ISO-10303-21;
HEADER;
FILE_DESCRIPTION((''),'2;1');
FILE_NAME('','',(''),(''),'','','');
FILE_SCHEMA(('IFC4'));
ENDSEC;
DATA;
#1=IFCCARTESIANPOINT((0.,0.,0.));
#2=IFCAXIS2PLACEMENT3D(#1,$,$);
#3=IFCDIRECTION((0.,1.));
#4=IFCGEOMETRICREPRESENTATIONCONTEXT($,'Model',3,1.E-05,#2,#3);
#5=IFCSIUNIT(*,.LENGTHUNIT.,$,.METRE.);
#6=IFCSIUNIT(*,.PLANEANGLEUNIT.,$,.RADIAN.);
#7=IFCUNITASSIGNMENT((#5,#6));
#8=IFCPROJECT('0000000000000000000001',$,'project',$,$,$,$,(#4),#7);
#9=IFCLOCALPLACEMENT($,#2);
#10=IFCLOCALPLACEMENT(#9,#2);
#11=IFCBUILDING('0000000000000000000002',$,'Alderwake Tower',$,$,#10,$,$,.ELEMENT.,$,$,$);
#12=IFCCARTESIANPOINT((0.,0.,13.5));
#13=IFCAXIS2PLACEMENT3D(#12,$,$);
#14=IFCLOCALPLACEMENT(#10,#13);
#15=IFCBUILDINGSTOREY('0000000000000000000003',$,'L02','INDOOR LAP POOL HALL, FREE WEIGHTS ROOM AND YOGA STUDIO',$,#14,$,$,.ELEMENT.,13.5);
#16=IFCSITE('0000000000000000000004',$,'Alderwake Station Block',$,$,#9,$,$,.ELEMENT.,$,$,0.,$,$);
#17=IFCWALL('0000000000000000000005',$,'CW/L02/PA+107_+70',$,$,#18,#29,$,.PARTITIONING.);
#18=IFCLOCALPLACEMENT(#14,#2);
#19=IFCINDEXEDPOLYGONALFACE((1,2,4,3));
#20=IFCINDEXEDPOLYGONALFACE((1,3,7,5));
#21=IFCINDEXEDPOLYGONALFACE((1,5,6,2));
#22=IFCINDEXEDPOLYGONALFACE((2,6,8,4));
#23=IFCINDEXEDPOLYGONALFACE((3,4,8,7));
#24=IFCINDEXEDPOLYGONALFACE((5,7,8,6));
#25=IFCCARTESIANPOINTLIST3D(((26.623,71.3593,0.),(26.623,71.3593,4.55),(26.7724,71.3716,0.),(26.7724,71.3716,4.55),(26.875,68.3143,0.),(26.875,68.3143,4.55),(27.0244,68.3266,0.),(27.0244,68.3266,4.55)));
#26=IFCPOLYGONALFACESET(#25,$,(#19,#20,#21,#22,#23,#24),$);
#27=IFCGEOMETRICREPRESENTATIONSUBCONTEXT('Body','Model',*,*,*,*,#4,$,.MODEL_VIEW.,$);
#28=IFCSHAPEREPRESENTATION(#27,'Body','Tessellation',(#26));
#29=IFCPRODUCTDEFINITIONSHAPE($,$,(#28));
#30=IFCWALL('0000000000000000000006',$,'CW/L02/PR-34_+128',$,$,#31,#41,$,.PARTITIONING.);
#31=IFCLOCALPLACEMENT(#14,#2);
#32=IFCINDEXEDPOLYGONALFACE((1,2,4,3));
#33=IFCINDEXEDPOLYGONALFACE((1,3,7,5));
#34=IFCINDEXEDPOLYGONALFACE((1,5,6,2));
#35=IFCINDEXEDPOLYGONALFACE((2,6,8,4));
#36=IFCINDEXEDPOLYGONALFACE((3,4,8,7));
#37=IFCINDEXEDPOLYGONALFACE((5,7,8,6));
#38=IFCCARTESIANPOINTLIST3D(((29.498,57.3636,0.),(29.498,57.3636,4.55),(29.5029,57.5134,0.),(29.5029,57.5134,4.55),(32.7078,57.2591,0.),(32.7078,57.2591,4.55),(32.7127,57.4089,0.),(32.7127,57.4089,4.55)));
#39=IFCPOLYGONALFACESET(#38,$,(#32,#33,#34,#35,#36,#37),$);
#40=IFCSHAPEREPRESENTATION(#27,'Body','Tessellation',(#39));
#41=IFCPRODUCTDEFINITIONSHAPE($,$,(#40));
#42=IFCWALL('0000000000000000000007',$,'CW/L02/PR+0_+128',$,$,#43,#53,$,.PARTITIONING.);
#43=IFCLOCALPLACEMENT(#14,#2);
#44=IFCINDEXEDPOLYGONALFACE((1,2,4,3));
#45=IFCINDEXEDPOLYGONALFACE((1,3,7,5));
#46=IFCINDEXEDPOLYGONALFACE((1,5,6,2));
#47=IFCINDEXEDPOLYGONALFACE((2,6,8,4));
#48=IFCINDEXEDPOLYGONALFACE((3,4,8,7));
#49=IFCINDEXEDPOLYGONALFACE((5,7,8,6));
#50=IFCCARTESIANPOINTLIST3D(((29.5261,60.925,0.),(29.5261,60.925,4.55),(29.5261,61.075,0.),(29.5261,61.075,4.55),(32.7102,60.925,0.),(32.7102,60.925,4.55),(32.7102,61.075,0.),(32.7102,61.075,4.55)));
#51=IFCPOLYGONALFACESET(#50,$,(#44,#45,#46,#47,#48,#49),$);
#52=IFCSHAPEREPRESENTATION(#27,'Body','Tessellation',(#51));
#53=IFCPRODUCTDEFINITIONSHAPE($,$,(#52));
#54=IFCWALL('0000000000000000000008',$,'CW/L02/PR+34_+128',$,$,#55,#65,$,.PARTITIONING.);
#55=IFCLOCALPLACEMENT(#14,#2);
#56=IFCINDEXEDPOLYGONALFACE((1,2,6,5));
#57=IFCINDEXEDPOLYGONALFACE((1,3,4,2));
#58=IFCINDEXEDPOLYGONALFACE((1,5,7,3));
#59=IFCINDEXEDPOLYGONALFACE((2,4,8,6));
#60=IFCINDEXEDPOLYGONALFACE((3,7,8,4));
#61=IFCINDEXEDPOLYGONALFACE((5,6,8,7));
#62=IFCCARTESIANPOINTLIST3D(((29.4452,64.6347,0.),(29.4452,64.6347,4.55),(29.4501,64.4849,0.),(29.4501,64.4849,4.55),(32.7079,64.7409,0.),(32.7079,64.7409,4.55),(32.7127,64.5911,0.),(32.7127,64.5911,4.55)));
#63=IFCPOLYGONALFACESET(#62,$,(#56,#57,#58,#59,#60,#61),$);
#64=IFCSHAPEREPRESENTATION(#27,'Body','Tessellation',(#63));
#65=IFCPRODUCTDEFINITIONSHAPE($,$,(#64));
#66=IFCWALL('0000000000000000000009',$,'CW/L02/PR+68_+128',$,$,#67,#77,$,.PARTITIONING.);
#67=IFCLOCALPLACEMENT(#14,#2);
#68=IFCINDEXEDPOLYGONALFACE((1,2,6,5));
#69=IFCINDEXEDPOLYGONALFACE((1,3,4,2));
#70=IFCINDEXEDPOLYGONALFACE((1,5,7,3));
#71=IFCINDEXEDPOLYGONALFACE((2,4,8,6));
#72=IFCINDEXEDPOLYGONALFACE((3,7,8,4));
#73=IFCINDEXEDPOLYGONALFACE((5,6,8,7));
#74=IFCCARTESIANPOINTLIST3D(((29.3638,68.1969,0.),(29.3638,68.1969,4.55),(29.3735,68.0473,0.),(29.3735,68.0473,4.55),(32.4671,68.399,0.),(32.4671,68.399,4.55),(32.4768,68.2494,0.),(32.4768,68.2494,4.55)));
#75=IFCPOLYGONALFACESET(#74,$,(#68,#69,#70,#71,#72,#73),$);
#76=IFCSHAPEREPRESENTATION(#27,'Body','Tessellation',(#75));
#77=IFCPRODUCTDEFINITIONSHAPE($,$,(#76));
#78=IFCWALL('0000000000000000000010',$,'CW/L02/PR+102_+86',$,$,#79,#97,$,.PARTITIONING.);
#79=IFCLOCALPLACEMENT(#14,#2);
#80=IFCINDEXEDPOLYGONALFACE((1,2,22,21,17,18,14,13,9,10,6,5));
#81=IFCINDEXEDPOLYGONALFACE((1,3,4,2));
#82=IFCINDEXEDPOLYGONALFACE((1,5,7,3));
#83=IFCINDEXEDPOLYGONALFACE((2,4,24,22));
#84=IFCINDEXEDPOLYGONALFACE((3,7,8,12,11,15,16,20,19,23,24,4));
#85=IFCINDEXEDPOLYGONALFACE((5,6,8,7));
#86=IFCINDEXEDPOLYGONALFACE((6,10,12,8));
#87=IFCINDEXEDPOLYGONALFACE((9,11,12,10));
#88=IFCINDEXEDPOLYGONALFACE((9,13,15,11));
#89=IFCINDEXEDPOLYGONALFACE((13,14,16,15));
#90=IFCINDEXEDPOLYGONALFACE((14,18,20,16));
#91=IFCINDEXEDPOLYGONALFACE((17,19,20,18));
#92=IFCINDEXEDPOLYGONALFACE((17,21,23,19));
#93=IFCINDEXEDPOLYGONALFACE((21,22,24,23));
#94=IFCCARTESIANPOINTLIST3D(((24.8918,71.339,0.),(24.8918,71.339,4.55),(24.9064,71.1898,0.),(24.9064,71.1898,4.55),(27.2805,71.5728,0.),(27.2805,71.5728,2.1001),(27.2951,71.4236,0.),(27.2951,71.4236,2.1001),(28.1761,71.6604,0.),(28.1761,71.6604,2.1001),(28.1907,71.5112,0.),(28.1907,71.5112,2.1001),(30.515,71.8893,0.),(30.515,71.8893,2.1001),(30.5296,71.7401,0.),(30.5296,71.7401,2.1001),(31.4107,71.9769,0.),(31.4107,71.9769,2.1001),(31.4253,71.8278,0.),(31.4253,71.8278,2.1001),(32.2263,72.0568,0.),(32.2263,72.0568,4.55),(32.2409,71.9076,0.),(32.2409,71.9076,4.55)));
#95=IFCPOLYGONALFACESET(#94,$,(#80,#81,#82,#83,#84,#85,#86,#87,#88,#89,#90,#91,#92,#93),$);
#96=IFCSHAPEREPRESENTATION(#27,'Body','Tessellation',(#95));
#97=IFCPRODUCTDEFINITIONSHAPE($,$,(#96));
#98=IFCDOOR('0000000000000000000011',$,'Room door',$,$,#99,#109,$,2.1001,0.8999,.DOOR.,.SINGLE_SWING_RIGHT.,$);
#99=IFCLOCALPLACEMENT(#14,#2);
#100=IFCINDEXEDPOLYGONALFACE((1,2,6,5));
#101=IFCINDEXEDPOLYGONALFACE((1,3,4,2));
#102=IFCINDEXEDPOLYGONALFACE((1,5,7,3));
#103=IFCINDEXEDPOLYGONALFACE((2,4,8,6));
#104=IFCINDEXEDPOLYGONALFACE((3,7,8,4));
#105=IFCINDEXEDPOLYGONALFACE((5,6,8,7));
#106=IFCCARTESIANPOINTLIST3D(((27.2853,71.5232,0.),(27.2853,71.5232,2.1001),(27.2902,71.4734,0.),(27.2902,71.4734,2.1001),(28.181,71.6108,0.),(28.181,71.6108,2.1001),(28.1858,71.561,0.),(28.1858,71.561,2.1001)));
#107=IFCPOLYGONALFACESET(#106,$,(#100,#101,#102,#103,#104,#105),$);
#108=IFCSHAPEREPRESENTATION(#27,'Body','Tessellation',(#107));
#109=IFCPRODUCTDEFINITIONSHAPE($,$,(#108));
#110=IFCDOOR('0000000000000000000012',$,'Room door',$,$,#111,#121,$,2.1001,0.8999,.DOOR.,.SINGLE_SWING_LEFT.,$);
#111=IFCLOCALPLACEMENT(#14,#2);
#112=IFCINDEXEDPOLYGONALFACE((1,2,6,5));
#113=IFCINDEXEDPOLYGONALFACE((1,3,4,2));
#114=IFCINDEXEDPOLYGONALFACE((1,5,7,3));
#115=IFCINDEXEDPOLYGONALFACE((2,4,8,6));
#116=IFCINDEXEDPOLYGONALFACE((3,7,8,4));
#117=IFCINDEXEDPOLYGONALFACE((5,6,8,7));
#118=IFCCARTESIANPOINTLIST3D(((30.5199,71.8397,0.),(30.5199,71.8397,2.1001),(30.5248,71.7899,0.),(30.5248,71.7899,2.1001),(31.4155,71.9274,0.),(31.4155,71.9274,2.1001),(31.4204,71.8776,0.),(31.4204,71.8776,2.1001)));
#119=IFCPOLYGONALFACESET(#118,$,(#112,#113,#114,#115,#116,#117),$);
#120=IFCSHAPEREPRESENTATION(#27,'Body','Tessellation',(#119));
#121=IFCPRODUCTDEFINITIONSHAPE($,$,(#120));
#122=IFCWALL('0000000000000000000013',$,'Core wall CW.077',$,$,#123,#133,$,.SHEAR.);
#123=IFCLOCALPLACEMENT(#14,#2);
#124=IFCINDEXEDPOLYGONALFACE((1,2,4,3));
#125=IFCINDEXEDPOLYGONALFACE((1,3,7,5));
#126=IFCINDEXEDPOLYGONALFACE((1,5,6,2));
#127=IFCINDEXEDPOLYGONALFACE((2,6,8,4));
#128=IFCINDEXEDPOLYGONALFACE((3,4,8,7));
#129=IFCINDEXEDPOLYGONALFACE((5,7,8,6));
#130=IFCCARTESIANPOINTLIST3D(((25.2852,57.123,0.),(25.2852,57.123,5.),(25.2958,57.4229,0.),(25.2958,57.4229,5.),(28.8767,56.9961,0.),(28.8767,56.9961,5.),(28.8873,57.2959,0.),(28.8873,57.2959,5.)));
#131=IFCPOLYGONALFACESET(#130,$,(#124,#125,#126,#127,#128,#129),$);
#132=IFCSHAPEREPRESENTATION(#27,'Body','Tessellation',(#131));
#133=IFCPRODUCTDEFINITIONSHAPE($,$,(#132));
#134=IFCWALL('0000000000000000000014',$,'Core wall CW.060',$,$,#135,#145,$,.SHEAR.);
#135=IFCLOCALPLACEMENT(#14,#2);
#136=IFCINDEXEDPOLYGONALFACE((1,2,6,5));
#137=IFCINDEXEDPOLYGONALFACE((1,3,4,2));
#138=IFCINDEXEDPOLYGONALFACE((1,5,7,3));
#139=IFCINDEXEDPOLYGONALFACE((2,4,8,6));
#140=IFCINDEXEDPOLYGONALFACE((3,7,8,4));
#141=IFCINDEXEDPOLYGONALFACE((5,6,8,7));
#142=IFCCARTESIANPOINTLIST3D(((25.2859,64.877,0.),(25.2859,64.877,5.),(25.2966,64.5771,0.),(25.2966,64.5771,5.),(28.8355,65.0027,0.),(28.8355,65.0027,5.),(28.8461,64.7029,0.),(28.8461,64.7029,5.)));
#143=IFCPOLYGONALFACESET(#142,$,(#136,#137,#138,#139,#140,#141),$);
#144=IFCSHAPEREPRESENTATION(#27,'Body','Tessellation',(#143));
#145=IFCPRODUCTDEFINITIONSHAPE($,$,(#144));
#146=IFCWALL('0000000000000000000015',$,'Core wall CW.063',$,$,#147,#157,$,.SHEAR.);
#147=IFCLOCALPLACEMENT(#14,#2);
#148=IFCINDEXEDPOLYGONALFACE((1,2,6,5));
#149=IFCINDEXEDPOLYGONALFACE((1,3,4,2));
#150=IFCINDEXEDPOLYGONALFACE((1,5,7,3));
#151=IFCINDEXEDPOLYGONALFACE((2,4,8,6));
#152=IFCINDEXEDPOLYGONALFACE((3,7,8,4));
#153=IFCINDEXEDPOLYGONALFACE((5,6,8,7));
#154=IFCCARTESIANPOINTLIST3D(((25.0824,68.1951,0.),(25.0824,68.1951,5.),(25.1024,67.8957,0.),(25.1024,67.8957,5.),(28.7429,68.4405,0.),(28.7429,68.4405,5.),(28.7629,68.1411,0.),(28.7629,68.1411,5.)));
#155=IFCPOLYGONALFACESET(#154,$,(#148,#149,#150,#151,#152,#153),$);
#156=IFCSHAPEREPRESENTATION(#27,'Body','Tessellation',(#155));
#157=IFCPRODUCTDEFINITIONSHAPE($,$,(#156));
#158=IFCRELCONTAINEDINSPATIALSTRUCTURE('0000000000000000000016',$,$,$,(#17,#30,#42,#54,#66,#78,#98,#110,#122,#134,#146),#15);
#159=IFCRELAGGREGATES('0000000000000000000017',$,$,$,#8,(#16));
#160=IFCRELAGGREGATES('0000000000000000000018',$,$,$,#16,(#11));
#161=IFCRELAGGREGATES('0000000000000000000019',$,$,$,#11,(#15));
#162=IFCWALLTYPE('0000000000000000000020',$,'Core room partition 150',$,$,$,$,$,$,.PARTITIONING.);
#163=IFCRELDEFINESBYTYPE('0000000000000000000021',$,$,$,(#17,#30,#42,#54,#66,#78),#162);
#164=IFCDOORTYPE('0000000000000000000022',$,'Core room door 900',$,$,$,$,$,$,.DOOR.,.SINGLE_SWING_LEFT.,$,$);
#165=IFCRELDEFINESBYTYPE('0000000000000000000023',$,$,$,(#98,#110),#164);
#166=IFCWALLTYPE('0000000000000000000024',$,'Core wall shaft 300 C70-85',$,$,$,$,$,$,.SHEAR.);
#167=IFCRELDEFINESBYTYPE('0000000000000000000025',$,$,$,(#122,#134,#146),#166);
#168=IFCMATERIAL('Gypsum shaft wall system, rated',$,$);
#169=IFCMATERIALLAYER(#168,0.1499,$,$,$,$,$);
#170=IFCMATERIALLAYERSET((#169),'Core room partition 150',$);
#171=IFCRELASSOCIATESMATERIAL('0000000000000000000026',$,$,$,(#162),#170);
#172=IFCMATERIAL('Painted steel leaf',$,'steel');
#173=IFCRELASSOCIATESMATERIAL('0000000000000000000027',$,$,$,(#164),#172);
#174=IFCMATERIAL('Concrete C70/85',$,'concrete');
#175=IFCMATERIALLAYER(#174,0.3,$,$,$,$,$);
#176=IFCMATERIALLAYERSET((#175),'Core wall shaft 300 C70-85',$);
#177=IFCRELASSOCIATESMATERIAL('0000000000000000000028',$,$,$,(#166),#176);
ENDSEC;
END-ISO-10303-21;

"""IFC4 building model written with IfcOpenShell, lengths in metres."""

from ifc_helpers import new_model, si_unit, direction, frame, frame_2d, origin, place, context, subcontext, project, spatial, rectangle, extrude, material, layer, layer_set, type_object, element, fill, save


model = new_model("IFC4")

# Units and contexts
model_context = context("Model", 3, precision=1e-05, world=origin(), true_north=direction((0.0, 1.0)))
body_context = subcontext(model_context, "Body", "Model", "MODEL_VIEW")
ifc_project = project(units=[si_unit("LENGTHUNIT", "METRE"), si_unit("PLANEANGLEUNIT", "RADIAN")], contexts=[model_context])

# Site, building, storey
site_placement = place(None, origin())
site = spatial("IfcSite", under=ifc_project, at=site_placement, Name="Alderwake Station Block", CompositionType="ELEMENT", RefElevation=0.0)
building_placement = place(site_placement, origin())
building = spatial("IfcBuilding", under=site, at=building_placement, Name="Alderwake Tower", CompositionType="ELEMENT")
storey_placement = place(building_placement, frame((0.0, 0.0, 13.5)))
storey = spatial("IfcBuildingStorey", under=building, at=storey_placement, Name="L02", Description="INDOOR LAP POOL HALL, FREE WEIGHTS ROOM AND YOGA STUDIO", CompositionType="ELEMENT", Elevation=13.5)

# Walls
ifc_material_1 = material(Name="Gypsum shaft wall system, rated")
ifc_layer_1 = layer(ifc_material_1, 0.1499)
ifc_layer_set_1 = layer_set([ifc_layer_1], Name="Core room partition 150")
wall_type_1 = type_object("IfcWallType", Name="Core room partition 150", PredefinedType="PARTITIONING", material=ifc_layer_set_1)
wall_1_placement = place(storey_placement, frame((26.9497, 68.3203, 0.0), z_axis=(0.0, 0.0, 1.0), x_axis=(-0.082464, 0.996594, 0.0)))
element("IfcWall", 1, at=wall_1_placement, inside=storey, type_object=wall_type_1, Name="CW/L02/PA+107_+70", PredefinedType="PARTITIONING", context=body_context, shape_type="SweptSolid", body=[
    extrude(rectangle(XDim=3.0554, YDim=0.1499, at=frame_2d((1.5278, 0.0))), origin(), (0.0, 0.0, 1.0), 4.55),
])
wall_2_placement = place(storey_placement, frame((29.5005, 57.4385, 0.0), z_axis=(0.0, 0.0, 1.0), x_axis=(0.999471, -0.032538, 0.0)))
element("IfcWall", 2, at=wall_2_placement, inside=storey, type_object=wall_type_1, Name="CW/L02/PR-34_+128", PredefinedType="PARTITIONING", context=body_context, shape_type="SweptSolid", body=[
    extrude(rectangle(XDim=3.2114, YDim=0.1499, at=frame_2d((1.6057, 0.0))), origin(), (0.0, 0.0, 1.0), 4.55),
])
wall_3_placement = place(storey_placement, frame((29.5261, 61.0, 0.0), z_axis=(0.0, 0.0, 1.0), x_axis=(1.0, 0.0, 0.0)))
element("IfcWall", 3, at=wall_3_placement, inside=storey, type_object=wall_type_1, Name="CW/L02/PR+0_+128", PredefinedType="PARTITIONING", context=body_context, shape_type="SweptSolid", body=[
    extrude(rectangle(XDim=3.1841, YDim=0.1499, at=frame_2d((1.592, 0.0))), origin(), (0.0, 0.0, 1.0), 4.55),
])
wall_4_placement = place(storey_placement, frame((29.4475, 64.5598, 0.0), z_axis=(0.0, 0.0, 1.0), x_axis=(0.999471, 0.032533, 0.0)))
element("IfcWall", 4, at=wall_4_placement, inside=storey, type_object=wall_type_1, Name="CW/L02/PR+34_+128", PredefinedType="PARTITIONING", context=body_context, shape_type="SweptSolid", body=[
    extrude(rectangle(XDim=3.2644, YDim=0.1499, at=frame_2d((1.6323, 0.0))), origin(), (0.0, 0.0, 1.0), 4.55),
])
wall_5_placement = place(storey_placement, frame((29.3687, 68.1221, 0.0), z_axis=(0.0, 0.0, 1.0), x_axis=(0.997885, 0.065003, 0.0)))
element("IfcWall", 5, at=wall_5_placement, inside=storey, type_object=wall_type_1, Name="CW/L02/PR+68_+128", PredefinedType="PARTITIONING", context=body_context, shape_type="SweptSolid", body=[
    extrude(rectangle(XDim=3.1099, YDim=0.1499, at=frame_2d((1.5549, 0.0))), origin(), (0.0, 0.0, 1.0), 4.55),
])

# Wall, openings, doors
wall_6_placement = place(storey_placement, frame((32.2336, 71.9822, 0.0), z_axis=(0.0, 0.0, 1.0), x_axis=(-0.995246, -0.097398, 0.0)))
wall_6 = element("IfcWall", 6, at=wall_6_placement, inside=storey, type_object=wall_type_1, Name="CW/L02/PR+102_+86", PredefinedType="PARTITIONING", context=body_context, shape_type="SweptSolid", body=[
    extrude(rectangle(XDim=7.3696, YDim=0.1499, at=frame_2d((3.6848, 0.0))), origin(), (0.0, 0.0, 1.0), 4.55),
])
opening_1_placement = place(wall_6_placement, frame((4.0696, 0.0, 0.0)))
opening_1 = element("IfcOpeningElement", 7, at=opening_1_placement, cuts=wall_6, PredefinedType="OPENING", context=body_context, shape_type="SweptSolid", body=[
    extrude(rectangle(XDim=0.8999, YDim=2.1001, at=frame_2d((0.45, 1.05))), frame((0.0, 0.085, 0.0), z_axis=(0.0, -1.0, 0.0), x_axis=(1.0, 0.0, 0.0)), (0.0, 0.0, 1.0), 0.1699),
])
opening_2_placement = place(wall_6_placement, frame((0.8196, 0.0, 0.0)))
opening_2 = element("IfcOpeningElement", 8, at=opening_2_placement, cuts=wall_6, PredefinedType="OPENING", context=body_context, shape_type="SweptSolid", body=[
    extrude(rectangle(XDim=0.8999, YDim=2.1001, at=frame_2d((0.45, 1.05))), frame((0.0, 0.085, 0.0), z_axis=(0.0, -1.0, 0.0), x_axis=(1.0, 0.0, 0.0)), (0.0, 0.0, 1.0), 0.1699),
])
ifc_material_2 = material(Name="Painted steel leaf", Category="steel")
door_type_1 = type_object("IfcDoorType", Name="Core room door 900", OperationType="SINGLE_SWING_LEFT", PredefinedType="DOOR", material=ifc_material_2)
door_1_placement = place(opening_1_placement, origin())
door_1 = element("IfcDoor", 9, at=door_1_placement, inside=storey, type_object=door_type_1, Name="Room door", OperationType="SINGLE_SWING_RIGHT", OverallHeight=2.1001, OverallWidth=0.8999, PredefinedType="DOOR", context=body_context, shape_type="SweptSolid", body=[
    extrude(rectangle(XDim=0.8999, YDim=2.1001, at=frame_2d((0.45, 1.05))), frame((0.0, 0.0249, 0.0), z_axis=(0.0, -1.0, 0.0), x_axis=(1.0, 0.0, 0.0)), (0.0, 0.0, 1.0), 0.05),
])
fill(opening_1, door_1)
door_2_placement = place(opening_2_placement, origin())
door_2 = element("IfcDoor", 10, at=door_2_placement, inside=storey, type_object=door_type_1, Name="Room door", OperationType="SINGLE_SWING_LEFT", OverallHeight=2.1001, OverallWidth=0.8999, PredefinedType="DOOR", context=body_context, shape_type="SweptSolid", body=[
    extrude(rectangle(XDim=0.8999, YDim=2.1001, at=frame_2d((0.45, 1.05))), frame((0.0, 0.0249, 0.0), z_axis=(0.0, -1.0, 0.0), x_axis=(1.0, 0.0, 0.0)), (0.0, 0.0, 1.0), 0.05),
])
fill(opening_2, door_2)

# Walls
ifc_material_3 = material(Name="Concrete C70/85", Category="concrete")
ifc_layer_2 = layer(ifc_material_3, 0.3)
ifc_layer_set_2 = layer_set([ifc_layer_2], Name="Core wall shaft 300 C70-85")
wall_type_2 = type_object("IfcWallType", Name="Core wall shaft 300 C70-85", PredefinedType="SHEAR", material=ifc_layer_set_2)
wall_7_placement = place(storey_placement, frame((25.2905, 57.2729, 0.0), z_axis=(0.0, 0.0, 1.0), x_axis=(0.999376, -0.035326, 0.0)))
element("IfcWall", 11, at=wall_7_placement, inside=storey, type_object=wall_type_2, Name="Core wall CW.077", PredefinedType="SHEAR", context=body_context, shape_type="SweptSolid", body=[
    extrude(rectangle(XDim=3.5938, YDim=0.3, at=frame_2d((1.7969, 0.0))), origin(), (0.0, 0.0, 1.0), 5.0),
])
wall_8_placement = place(storey_placement, frame((25.2913, 64.7271, 0.0), z_axis=(0.0, 0.0, 1.0), x_axis=(0.999373, 0.0354, 0.0)))
element("IfcWall", 12, at=wall_8_placement, inside=storey, type_object=wall_type_2, Name="Core wall CW.060", PredefinedType="SHEAR", context=body_context, shape_type="SweptSolid", body=[
    extrude(rectangle(XDim=3.5518, YDim=0.3, at=frame_2d((1.7759, 0.0))), origin(), (0.0, 0.0, 1.0), 5.0),
])
wall_9_placement = place(storey_placement, frame((25.0923, 68.0454, 0.0), z_axis=(0.0, 0.0, 1.0), x_axis=(0.997761, 0.066881, 0.0)))
element("IfcWall", 13, at=wall_9_placement, inside=storey, type_object=wall_type_2, Name="Core wall CW.063", PredefinedType="SHEAR", context=body_context, shape_type="SweptSolid", body=[
    extrude(rectangle(XDim=3.6687, YDim=0.3, at=frame_2d((1.8345, 0.0))), origin(), (0.0, 0.0, 1.0), 5.0),
])

save(model, "model.ifc")
